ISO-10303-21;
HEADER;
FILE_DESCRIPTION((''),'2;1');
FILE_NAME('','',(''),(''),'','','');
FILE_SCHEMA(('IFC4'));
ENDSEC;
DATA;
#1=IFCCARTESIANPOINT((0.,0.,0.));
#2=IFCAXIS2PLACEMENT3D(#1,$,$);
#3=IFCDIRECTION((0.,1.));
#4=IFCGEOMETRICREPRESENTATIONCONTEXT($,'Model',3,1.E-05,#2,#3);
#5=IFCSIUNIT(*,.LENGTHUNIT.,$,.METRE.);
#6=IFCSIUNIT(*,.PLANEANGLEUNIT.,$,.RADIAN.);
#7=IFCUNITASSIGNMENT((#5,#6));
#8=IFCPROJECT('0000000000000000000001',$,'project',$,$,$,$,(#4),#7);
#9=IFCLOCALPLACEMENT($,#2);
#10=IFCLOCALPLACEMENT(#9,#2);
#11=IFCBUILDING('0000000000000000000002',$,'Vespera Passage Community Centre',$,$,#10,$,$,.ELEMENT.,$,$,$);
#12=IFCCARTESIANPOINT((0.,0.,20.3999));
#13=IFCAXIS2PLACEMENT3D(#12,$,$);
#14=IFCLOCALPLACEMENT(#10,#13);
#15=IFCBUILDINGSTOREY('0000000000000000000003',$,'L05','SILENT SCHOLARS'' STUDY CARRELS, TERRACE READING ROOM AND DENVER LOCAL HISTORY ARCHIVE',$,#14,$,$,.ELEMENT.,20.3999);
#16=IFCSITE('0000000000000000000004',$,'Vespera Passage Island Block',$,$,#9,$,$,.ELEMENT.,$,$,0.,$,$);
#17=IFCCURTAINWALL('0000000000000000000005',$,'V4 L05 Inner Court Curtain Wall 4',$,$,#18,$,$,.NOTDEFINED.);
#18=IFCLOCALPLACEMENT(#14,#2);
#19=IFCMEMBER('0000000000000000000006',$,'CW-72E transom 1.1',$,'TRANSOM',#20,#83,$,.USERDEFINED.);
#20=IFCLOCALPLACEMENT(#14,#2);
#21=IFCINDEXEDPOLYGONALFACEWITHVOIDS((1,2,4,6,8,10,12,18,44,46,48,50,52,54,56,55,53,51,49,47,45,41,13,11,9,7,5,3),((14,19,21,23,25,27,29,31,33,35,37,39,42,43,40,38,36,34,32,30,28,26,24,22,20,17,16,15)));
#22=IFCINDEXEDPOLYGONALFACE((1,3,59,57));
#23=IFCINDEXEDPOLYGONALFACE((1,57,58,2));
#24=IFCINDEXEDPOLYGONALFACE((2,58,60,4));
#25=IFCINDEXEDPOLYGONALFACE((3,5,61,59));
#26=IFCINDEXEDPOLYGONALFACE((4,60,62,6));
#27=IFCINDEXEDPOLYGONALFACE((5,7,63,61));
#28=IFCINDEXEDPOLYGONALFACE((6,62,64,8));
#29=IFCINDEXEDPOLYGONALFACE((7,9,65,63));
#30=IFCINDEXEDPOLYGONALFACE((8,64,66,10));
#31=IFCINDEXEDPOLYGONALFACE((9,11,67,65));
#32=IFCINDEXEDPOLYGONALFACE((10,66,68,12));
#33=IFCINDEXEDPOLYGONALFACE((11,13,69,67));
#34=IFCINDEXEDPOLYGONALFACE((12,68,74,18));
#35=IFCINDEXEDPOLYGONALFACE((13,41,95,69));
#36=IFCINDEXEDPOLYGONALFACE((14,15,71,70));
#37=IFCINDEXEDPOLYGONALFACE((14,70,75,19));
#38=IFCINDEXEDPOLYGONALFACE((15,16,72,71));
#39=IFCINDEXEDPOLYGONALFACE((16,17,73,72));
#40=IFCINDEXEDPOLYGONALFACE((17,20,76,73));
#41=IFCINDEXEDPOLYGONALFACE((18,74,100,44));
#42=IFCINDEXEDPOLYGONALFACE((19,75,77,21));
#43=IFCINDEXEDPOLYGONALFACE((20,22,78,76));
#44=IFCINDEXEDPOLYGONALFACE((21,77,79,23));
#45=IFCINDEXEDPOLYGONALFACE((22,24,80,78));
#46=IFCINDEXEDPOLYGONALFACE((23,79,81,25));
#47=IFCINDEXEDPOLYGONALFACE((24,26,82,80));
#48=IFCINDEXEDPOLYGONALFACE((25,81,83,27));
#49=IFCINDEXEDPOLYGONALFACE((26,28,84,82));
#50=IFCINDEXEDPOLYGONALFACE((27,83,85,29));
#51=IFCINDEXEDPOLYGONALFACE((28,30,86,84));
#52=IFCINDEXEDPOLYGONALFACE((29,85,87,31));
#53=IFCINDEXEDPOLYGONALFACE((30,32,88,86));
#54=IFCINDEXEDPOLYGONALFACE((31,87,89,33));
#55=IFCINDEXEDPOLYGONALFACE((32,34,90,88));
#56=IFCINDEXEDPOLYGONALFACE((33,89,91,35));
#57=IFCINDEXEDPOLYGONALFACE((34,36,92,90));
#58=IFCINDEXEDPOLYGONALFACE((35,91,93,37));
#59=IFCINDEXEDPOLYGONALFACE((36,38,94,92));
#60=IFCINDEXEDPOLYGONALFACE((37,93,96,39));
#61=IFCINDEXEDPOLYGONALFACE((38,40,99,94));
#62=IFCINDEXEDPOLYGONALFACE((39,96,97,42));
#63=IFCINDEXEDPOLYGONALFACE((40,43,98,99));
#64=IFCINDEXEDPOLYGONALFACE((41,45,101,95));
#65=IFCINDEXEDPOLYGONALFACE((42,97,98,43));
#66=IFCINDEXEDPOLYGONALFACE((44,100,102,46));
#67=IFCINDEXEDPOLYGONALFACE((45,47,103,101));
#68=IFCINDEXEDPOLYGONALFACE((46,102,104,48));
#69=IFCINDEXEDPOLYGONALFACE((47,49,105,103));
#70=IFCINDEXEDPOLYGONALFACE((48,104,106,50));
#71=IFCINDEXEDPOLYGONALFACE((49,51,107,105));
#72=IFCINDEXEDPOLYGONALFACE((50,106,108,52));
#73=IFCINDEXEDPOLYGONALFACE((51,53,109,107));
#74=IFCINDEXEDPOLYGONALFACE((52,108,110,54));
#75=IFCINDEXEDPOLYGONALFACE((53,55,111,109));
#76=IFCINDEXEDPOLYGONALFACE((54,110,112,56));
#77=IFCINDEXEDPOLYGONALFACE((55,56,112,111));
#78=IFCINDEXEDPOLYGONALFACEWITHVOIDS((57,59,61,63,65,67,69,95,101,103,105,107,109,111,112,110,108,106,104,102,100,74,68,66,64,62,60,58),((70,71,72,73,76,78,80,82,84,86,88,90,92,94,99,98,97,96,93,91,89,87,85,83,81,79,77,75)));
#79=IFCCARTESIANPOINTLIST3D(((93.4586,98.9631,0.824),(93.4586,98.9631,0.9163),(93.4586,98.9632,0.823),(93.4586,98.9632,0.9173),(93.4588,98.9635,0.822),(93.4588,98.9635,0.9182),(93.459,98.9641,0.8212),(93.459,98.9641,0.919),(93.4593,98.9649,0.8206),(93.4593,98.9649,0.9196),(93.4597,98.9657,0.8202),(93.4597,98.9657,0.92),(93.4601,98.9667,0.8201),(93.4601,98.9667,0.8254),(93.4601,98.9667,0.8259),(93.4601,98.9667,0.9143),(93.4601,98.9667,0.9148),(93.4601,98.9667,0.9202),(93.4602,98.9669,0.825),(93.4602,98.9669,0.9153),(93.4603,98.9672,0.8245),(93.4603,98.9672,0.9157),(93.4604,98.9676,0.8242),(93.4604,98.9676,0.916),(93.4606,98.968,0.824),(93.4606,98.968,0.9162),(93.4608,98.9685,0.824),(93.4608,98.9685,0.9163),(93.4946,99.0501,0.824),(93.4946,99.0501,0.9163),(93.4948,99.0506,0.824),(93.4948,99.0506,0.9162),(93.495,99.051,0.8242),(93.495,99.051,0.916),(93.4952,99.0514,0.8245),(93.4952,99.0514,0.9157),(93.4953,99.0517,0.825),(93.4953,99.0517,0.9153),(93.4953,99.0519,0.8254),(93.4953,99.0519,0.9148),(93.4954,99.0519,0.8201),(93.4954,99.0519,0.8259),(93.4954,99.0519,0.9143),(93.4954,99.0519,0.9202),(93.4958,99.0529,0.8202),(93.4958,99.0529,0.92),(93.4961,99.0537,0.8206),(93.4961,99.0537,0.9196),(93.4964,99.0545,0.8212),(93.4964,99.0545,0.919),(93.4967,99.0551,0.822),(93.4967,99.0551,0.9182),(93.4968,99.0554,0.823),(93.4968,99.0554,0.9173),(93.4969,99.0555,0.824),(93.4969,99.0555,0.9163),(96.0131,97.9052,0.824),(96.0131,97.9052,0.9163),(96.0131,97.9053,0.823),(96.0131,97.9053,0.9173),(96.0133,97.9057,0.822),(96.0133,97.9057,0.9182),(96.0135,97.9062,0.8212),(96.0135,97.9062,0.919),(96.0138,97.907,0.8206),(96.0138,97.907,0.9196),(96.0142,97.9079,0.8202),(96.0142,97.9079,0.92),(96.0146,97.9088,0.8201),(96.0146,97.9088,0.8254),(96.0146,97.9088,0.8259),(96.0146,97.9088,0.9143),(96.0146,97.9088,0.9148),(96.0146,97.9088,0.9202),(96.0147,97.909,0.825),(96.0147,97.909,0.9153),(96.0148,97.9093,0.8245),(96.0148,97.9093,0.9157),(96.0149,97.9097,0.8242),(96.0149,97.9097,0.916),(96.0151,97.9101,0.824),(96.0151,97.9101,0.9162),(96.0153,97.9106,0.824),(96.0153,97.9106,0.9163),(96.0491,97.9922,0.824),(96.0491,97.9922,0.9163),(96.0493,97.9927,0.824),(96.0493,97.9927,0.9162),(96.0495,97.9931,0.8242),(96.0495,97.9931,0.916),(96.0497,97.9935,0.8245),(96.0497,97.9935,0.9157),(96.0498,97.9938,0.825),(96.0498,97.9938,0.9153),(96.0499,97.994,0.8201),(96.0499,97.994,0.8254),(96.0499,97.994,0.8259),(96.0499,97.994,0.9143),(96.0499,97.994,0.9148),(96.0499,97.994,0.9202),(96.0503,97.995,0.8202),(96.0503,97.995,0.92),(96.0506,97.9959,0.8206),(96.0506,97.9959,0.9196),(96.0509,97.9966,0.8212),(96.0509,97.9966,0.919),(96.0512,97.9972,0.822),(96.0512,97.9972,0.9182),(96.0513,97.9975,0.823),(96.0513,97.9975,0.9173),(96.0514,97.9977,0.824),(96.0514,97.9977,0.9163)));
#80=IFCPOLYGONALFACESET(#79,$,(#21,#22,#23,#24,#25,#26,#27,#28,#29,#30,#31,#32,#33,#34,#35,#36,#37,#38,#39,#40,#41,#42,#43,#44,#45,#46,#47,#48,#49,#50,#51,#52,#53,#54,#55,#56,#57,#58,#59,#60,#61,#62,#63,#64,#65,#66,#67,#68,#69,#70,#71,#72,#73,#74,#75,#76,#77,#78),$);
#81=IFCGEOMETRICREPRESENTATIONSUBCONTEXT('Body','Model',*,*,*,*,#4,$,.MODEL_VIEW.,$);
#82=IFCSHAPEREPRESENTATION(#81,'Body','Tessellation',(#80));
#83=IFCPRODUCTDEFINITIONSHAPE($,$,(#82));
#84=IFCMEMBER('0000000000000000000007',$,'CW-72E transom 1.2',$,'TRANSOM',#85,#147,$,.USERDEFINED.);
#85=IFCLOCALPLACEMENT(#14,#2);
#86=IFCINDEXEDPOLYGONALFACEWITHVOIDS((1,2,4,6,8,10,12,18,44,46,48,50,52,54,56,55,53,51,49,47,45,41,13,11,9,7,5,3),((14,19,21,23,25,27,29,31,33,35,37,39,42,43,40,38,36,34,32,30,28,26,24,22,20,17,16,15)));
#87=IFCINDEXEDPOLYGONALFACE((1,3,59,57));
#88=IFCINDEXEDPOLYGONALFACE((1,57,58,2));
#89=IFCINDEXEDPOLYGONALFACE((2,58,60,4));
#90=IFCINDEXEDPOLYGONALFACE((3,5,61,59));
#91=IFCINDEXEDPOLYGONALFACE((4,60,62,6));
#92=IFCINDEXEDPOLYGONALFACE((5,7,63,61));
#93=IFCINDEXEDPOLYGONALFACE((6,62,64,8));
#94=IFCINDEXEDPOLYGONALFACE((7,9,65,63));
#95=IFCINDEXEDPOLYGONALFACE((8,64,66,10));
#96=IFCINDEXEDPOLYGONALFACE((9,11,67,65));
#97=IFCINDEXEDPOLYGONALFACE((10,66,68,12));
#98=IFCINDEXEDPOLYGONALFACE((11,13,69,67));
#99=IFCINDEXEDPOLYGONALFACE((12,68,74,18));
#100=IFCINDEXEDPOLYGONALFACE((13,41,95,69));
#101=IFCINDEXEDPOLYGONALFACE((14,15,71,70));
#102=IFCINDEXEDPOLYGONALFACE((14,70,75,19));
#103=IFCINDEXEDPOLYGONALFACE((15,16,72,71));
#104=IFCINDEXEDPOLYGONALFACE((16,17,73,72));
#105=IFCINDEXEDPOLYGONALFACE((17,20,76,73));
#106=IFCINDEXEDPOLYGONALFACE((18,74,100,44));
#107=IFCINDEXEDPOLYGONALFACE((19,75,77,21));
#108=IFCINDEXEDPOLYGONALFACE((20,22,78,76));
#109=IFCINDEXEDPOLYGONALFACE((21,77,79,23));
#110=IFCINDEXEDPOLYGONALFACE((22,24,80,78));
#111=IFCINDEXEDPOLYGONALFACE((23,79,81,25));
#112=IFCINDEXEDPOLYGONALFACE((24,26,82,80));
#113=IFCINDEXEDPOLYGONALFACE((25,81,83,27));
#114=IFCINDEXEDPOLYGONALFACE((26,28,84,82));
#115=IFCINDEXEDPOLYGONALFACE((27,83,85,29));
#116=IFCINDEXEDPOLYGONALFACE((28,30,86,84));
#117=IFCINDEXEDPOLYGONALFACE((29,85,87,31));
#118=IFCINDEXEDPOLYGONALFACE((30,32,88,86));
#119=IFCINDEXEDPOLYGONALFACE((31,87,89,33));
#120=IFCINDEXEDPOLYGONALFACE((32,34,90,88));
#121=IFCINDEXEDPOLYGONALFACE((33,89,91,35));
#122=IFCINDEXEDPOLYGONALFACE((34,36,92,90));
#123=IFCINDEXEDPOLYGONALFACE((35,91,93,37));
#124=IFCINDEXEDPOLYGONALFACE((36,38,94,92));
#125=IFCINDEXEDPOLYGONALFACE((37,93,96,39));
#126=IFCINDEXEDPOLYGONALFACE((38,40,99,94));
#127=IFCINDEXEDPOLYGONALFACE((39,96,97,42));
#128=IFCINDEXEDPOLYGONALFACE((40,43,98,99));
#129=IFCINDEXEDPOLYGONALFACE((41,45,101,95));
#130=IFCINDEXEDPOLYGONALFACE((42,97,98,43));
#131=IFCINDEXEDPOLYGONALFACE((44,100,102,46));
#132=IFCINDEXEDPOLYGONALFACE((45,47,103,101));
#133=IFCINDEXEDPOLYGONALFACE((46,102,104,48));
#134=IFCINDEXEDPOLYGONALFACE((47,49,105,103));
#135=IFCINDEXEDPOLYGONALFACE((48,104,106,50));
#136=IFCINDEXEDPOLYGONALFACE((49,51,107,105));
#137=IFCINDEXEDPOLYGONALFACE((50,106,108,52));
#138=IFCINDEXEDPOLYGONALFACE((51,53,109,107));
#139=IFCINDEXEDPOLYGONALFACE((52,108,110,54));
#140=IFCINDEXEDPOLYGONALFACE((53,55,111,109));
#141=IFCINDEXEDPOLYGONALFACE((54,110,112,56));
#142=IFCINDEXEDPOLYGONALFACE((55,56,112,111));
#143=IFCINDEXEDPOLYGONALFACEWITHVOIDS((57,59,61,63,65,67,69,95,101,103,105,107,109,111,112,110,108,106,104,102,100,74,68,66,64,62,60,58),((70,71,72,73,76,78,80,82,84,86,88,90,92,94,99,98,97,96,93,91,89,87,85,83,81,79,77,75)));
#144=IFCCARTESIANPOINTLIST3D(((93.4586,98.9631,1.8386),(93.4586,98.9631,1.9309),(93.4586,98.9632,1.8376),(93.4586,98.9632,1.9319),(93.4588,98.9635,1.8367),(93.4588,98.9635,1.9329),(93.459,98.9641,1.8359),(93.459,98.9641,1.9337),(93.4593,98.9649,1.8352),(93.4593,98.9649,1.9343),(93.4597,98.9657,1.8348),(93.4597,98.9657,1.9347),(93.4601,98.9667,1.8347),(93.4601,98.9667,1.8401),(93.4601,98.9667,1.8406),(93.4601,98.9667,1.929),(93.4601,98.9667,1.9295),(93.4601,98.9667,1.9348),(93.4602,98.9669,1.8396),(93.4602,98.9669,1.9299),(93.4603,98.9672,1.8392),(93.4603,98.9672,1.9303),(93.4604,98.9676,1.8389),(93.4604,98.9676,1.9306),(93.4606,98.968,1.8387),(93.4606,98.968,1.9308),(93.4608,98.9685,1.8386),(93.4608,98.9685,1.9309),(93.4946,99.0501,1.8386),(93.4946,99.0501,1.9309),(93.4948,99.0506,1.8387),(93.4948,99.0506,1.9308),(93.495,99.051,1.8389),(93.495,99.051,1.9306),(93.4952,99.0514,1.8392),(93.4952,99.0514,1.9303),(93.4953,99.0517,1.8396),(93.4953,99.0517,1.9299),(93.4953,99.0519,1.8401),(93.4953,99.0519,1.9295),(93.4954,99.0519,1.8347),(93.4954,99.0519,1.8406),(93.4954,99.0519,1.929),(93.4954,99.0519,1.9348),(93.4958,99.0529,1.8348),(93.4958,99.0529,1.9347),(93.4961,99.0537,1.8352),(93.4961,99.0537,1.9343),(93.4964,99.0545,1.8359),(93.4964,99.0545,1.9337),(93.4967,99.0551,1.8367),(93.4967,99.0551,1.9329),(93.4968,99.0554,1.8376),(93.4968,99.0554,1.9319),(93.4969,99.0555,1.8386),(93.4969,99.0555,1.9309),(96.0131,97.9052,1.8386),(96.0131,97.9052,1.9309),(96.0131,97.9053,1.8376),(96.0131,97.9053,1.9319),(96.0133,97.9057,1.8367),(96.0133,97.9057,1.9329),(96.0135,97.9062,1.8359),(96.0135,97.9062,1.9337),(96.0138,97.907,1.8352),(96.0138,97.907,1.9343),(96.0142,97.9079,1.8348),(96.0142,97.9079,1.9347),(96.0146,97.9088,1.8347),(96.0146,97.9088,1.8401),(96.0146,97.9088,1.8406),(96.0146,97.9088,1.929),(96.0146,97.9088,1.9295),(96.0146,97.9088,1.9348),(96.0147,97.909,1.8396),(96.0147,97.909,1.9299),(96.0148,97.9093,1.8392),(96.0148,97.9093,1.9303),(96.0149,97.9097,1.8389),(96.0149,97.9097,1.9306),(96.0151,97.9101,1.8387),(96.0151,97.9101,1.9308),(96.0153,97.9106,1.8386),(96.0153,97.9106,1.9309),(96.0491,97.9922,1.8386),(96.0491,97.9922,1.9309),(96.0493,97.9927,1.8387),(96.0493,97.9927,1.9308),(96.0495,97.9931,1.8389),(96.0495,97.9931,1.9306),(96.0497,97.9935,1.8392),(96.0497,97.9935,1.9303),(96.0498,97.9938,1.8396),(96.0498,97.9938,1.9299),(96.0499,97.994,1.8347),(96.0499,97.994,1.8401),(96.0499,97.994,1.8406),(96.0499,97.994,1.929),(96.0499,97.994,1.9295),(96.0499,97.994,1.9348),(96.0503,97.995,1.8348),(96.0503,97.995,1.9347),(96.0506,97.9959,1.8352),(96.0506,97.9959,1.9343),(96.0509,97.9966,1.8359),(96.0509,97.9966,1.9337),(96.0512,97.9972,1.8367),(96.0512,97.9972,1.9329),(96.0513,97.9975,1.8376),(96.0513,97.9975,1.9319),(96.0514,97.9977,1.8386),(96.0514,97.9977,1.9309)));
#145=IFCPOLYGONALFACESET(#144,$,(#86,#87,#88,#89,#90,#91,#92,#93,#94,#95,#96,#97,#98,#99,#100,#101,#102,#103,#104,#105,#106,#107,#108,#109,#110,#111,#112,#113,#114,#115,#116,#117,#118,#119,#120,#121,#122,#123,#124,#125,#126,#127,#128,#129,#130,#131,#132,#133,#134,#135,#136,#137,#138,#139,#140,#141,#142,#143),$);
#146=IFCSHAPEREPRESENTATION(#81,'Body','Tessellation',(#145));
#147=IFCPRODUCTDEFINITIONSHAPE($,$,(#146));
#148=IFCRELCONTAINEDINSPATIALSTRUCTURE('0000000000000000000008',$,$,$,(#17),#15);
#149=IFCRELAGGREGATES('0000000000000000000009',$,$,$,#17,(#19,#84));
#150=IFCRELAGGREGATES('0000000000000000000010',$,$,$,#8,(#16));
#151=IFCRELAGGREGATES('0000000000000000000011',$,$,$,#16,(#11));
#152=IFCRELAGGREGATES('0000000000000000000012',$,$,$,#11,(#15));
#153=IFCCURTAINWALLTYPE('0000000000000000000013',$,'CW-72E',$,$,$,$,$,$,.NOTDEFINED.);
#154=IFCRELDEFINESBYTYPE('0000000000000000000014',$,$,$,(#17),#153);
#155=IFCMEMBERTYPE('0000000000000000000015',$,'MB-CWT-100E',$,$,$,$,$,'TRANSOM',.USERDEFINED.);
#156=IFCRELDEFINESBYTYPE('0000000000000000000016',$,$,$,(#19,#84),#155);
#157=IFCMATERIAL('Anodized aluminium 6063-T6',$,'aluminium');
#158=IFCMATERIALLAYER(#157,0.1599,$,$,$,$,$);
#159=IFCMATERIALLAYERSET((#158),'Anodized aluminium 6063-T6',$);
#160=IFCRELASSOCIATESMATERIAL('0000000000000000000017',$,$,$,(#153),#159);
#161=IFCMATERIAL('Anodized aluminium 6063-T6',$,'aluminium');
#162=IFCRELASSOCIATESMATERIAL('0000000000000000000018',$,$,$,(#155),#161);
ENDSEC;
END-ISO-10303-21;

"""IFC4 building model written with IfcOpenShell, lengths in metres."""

from ifc_helpers import new_model, si_unit, direction, frame, origin, origin_2d, place, context, subcontext, project, spatial, hollow_rectangle, extrude, material, layer, layer_set, material_profile, profile_set, type_object, element, aggregate, save


model = new_model("IFC4")

# Units and contexts
model_context = context("Model", 3, precision=1e-05, world=origin(), true_north=direction((0.0, 1.0)))
body_context = subcontext(model_context, "Body", "Model", "MODEL_VIEW")
ifc_project = project(units=[si_unit("LENGTHUNIT", "METRE"), si_unit("PLANEANGLEUNIT", "RADIAN")], contexts=[model_context])

# Site, building, storey
site_placement = place(None, origin())
site = spatial("IfcSite", under=ifc_project, at=site_placement, Name="Vespera Passage Island Block", CompositionType="ELEMENT", RefElevation=0.0)
building_placement = place(site_placement, origin())
building = spatial("IfcBuilding", under=site, at=building_placement, Name="Vespera Passage Community Centre", CompositionType="ELEMENT")
storey_placement = place(building_placement, frame((0.0, 0.0, 20.3999)))
storey = spatial("IfcBuildingStorey", under=building, at=storey_placement, Name="L05", Description="SILENT SCHOLARS' STUDY CARRELS, TERRACE READING ROOM AND DENVER LOCAL HISTORY ARCHIVE", CompositionType="ELEMENT", Elevation=20.3999)

# Curtain wall, members
ifc_material_1 = material(Name="Anodized aluminium 6063-T6", Category="aluminium")
ifc_layer_1 = layer(ifc_material_1, 0.1599)
ifc_layer_set_1 = layer_set([ifc_layer_1], Name="Anodized aluminium 6063-T6")
curtain_wall_type_1 = type_object("IfcCurtainWallType", Name="CW-72E", PredefinedType="NOTDEFINED", material=ifc_layer_set_1)
curtain_wall_1_placement = place(storey_placement, origin())
curtain_wall_1 = element("IfcCurtainWall", 1, at=curtain_wall_1_placement, inside=storey, type_object=curtain_wall_type_1, Name="V4 L05 Inner Court Curtain Wall 4", PredefinedType="NOTDEFINED")
ifc_material_2 = material(Name="Anodized aluminium 6063-T6", Category="aluminium")
ifc_material_profile_1 = material_profile(ifc_material_2, hollow_rectangle(XDim=0.1001, YDim=0.1001, WallThickness=0.0039, InnerFilletRadius=0.002, OuterFilletRadius=0.0039, at=origin_2d()), Name="ALU100X100X4")
ifc_profile_set_1 = profile_set([ifc_material_profile_1], Name="Anodized aluminium 6063-T6")
member_type_1 = type_object("IfcMemberType", Name="MB-CWT-100E", ElementType="TRANSOM", PredefinedType="USERDEFINED", material=ifc_profile_set_1)
member_1_placement = place(storey_placement, frame((96.0322, 97.9514, 0.8701), z_axis=(-0.923908, 0.382614, 0.0), x_axis=(-0.382614, -0.923908, 0.0)))
member_1 = element("IfcMember", 2, at=member_1_placement, type_object=member_type_1, Name="CW-72E transom 1.1", ObjectType="TRANSOM", PredefinedType="USERDEFINED", context=body_context, shape_type="SweptSolid", body=[
    extrude(hollow_rectangle(XDim=0.1001, YDim=0.1001, WallThickness=0.0039, InnerFilletRadius=0.002, OuterFilletRadius=0.0039, at=origin_2d()), origin(), (0.0, 0.0, 1.0), 2.7649),
])
member_2_placement = place(storey_placement, frame((96.0322, 97.9514, 1.8848), z_axis=(-0.923908, 0.382614, 0.0), x_axis=(-0.382614, -0.923908, 0.0)))
member_2 = element("IfcMember", 3, at=member_2_placement, type_object=member_type_1, Name="CW-72E transom 1.2", ObjectType="TRANSOM", PredefinedType="USERDEFINED", context=body_context, shape_type="SweptSolid", body=[
    extrude(hollow_rectangle(XDim=0.1001, YDim=0.1001, WallThickness=0.0039, InnerFilletRadius=0.002, OuterFilletRadius=0.0039, at=origin_2d()), origin(), (0.0, 0.0, 1.0), 2.7649),
])

aggregate(curtain_wall_1, [member_1, member_2])

save(model, "model.ifc")
